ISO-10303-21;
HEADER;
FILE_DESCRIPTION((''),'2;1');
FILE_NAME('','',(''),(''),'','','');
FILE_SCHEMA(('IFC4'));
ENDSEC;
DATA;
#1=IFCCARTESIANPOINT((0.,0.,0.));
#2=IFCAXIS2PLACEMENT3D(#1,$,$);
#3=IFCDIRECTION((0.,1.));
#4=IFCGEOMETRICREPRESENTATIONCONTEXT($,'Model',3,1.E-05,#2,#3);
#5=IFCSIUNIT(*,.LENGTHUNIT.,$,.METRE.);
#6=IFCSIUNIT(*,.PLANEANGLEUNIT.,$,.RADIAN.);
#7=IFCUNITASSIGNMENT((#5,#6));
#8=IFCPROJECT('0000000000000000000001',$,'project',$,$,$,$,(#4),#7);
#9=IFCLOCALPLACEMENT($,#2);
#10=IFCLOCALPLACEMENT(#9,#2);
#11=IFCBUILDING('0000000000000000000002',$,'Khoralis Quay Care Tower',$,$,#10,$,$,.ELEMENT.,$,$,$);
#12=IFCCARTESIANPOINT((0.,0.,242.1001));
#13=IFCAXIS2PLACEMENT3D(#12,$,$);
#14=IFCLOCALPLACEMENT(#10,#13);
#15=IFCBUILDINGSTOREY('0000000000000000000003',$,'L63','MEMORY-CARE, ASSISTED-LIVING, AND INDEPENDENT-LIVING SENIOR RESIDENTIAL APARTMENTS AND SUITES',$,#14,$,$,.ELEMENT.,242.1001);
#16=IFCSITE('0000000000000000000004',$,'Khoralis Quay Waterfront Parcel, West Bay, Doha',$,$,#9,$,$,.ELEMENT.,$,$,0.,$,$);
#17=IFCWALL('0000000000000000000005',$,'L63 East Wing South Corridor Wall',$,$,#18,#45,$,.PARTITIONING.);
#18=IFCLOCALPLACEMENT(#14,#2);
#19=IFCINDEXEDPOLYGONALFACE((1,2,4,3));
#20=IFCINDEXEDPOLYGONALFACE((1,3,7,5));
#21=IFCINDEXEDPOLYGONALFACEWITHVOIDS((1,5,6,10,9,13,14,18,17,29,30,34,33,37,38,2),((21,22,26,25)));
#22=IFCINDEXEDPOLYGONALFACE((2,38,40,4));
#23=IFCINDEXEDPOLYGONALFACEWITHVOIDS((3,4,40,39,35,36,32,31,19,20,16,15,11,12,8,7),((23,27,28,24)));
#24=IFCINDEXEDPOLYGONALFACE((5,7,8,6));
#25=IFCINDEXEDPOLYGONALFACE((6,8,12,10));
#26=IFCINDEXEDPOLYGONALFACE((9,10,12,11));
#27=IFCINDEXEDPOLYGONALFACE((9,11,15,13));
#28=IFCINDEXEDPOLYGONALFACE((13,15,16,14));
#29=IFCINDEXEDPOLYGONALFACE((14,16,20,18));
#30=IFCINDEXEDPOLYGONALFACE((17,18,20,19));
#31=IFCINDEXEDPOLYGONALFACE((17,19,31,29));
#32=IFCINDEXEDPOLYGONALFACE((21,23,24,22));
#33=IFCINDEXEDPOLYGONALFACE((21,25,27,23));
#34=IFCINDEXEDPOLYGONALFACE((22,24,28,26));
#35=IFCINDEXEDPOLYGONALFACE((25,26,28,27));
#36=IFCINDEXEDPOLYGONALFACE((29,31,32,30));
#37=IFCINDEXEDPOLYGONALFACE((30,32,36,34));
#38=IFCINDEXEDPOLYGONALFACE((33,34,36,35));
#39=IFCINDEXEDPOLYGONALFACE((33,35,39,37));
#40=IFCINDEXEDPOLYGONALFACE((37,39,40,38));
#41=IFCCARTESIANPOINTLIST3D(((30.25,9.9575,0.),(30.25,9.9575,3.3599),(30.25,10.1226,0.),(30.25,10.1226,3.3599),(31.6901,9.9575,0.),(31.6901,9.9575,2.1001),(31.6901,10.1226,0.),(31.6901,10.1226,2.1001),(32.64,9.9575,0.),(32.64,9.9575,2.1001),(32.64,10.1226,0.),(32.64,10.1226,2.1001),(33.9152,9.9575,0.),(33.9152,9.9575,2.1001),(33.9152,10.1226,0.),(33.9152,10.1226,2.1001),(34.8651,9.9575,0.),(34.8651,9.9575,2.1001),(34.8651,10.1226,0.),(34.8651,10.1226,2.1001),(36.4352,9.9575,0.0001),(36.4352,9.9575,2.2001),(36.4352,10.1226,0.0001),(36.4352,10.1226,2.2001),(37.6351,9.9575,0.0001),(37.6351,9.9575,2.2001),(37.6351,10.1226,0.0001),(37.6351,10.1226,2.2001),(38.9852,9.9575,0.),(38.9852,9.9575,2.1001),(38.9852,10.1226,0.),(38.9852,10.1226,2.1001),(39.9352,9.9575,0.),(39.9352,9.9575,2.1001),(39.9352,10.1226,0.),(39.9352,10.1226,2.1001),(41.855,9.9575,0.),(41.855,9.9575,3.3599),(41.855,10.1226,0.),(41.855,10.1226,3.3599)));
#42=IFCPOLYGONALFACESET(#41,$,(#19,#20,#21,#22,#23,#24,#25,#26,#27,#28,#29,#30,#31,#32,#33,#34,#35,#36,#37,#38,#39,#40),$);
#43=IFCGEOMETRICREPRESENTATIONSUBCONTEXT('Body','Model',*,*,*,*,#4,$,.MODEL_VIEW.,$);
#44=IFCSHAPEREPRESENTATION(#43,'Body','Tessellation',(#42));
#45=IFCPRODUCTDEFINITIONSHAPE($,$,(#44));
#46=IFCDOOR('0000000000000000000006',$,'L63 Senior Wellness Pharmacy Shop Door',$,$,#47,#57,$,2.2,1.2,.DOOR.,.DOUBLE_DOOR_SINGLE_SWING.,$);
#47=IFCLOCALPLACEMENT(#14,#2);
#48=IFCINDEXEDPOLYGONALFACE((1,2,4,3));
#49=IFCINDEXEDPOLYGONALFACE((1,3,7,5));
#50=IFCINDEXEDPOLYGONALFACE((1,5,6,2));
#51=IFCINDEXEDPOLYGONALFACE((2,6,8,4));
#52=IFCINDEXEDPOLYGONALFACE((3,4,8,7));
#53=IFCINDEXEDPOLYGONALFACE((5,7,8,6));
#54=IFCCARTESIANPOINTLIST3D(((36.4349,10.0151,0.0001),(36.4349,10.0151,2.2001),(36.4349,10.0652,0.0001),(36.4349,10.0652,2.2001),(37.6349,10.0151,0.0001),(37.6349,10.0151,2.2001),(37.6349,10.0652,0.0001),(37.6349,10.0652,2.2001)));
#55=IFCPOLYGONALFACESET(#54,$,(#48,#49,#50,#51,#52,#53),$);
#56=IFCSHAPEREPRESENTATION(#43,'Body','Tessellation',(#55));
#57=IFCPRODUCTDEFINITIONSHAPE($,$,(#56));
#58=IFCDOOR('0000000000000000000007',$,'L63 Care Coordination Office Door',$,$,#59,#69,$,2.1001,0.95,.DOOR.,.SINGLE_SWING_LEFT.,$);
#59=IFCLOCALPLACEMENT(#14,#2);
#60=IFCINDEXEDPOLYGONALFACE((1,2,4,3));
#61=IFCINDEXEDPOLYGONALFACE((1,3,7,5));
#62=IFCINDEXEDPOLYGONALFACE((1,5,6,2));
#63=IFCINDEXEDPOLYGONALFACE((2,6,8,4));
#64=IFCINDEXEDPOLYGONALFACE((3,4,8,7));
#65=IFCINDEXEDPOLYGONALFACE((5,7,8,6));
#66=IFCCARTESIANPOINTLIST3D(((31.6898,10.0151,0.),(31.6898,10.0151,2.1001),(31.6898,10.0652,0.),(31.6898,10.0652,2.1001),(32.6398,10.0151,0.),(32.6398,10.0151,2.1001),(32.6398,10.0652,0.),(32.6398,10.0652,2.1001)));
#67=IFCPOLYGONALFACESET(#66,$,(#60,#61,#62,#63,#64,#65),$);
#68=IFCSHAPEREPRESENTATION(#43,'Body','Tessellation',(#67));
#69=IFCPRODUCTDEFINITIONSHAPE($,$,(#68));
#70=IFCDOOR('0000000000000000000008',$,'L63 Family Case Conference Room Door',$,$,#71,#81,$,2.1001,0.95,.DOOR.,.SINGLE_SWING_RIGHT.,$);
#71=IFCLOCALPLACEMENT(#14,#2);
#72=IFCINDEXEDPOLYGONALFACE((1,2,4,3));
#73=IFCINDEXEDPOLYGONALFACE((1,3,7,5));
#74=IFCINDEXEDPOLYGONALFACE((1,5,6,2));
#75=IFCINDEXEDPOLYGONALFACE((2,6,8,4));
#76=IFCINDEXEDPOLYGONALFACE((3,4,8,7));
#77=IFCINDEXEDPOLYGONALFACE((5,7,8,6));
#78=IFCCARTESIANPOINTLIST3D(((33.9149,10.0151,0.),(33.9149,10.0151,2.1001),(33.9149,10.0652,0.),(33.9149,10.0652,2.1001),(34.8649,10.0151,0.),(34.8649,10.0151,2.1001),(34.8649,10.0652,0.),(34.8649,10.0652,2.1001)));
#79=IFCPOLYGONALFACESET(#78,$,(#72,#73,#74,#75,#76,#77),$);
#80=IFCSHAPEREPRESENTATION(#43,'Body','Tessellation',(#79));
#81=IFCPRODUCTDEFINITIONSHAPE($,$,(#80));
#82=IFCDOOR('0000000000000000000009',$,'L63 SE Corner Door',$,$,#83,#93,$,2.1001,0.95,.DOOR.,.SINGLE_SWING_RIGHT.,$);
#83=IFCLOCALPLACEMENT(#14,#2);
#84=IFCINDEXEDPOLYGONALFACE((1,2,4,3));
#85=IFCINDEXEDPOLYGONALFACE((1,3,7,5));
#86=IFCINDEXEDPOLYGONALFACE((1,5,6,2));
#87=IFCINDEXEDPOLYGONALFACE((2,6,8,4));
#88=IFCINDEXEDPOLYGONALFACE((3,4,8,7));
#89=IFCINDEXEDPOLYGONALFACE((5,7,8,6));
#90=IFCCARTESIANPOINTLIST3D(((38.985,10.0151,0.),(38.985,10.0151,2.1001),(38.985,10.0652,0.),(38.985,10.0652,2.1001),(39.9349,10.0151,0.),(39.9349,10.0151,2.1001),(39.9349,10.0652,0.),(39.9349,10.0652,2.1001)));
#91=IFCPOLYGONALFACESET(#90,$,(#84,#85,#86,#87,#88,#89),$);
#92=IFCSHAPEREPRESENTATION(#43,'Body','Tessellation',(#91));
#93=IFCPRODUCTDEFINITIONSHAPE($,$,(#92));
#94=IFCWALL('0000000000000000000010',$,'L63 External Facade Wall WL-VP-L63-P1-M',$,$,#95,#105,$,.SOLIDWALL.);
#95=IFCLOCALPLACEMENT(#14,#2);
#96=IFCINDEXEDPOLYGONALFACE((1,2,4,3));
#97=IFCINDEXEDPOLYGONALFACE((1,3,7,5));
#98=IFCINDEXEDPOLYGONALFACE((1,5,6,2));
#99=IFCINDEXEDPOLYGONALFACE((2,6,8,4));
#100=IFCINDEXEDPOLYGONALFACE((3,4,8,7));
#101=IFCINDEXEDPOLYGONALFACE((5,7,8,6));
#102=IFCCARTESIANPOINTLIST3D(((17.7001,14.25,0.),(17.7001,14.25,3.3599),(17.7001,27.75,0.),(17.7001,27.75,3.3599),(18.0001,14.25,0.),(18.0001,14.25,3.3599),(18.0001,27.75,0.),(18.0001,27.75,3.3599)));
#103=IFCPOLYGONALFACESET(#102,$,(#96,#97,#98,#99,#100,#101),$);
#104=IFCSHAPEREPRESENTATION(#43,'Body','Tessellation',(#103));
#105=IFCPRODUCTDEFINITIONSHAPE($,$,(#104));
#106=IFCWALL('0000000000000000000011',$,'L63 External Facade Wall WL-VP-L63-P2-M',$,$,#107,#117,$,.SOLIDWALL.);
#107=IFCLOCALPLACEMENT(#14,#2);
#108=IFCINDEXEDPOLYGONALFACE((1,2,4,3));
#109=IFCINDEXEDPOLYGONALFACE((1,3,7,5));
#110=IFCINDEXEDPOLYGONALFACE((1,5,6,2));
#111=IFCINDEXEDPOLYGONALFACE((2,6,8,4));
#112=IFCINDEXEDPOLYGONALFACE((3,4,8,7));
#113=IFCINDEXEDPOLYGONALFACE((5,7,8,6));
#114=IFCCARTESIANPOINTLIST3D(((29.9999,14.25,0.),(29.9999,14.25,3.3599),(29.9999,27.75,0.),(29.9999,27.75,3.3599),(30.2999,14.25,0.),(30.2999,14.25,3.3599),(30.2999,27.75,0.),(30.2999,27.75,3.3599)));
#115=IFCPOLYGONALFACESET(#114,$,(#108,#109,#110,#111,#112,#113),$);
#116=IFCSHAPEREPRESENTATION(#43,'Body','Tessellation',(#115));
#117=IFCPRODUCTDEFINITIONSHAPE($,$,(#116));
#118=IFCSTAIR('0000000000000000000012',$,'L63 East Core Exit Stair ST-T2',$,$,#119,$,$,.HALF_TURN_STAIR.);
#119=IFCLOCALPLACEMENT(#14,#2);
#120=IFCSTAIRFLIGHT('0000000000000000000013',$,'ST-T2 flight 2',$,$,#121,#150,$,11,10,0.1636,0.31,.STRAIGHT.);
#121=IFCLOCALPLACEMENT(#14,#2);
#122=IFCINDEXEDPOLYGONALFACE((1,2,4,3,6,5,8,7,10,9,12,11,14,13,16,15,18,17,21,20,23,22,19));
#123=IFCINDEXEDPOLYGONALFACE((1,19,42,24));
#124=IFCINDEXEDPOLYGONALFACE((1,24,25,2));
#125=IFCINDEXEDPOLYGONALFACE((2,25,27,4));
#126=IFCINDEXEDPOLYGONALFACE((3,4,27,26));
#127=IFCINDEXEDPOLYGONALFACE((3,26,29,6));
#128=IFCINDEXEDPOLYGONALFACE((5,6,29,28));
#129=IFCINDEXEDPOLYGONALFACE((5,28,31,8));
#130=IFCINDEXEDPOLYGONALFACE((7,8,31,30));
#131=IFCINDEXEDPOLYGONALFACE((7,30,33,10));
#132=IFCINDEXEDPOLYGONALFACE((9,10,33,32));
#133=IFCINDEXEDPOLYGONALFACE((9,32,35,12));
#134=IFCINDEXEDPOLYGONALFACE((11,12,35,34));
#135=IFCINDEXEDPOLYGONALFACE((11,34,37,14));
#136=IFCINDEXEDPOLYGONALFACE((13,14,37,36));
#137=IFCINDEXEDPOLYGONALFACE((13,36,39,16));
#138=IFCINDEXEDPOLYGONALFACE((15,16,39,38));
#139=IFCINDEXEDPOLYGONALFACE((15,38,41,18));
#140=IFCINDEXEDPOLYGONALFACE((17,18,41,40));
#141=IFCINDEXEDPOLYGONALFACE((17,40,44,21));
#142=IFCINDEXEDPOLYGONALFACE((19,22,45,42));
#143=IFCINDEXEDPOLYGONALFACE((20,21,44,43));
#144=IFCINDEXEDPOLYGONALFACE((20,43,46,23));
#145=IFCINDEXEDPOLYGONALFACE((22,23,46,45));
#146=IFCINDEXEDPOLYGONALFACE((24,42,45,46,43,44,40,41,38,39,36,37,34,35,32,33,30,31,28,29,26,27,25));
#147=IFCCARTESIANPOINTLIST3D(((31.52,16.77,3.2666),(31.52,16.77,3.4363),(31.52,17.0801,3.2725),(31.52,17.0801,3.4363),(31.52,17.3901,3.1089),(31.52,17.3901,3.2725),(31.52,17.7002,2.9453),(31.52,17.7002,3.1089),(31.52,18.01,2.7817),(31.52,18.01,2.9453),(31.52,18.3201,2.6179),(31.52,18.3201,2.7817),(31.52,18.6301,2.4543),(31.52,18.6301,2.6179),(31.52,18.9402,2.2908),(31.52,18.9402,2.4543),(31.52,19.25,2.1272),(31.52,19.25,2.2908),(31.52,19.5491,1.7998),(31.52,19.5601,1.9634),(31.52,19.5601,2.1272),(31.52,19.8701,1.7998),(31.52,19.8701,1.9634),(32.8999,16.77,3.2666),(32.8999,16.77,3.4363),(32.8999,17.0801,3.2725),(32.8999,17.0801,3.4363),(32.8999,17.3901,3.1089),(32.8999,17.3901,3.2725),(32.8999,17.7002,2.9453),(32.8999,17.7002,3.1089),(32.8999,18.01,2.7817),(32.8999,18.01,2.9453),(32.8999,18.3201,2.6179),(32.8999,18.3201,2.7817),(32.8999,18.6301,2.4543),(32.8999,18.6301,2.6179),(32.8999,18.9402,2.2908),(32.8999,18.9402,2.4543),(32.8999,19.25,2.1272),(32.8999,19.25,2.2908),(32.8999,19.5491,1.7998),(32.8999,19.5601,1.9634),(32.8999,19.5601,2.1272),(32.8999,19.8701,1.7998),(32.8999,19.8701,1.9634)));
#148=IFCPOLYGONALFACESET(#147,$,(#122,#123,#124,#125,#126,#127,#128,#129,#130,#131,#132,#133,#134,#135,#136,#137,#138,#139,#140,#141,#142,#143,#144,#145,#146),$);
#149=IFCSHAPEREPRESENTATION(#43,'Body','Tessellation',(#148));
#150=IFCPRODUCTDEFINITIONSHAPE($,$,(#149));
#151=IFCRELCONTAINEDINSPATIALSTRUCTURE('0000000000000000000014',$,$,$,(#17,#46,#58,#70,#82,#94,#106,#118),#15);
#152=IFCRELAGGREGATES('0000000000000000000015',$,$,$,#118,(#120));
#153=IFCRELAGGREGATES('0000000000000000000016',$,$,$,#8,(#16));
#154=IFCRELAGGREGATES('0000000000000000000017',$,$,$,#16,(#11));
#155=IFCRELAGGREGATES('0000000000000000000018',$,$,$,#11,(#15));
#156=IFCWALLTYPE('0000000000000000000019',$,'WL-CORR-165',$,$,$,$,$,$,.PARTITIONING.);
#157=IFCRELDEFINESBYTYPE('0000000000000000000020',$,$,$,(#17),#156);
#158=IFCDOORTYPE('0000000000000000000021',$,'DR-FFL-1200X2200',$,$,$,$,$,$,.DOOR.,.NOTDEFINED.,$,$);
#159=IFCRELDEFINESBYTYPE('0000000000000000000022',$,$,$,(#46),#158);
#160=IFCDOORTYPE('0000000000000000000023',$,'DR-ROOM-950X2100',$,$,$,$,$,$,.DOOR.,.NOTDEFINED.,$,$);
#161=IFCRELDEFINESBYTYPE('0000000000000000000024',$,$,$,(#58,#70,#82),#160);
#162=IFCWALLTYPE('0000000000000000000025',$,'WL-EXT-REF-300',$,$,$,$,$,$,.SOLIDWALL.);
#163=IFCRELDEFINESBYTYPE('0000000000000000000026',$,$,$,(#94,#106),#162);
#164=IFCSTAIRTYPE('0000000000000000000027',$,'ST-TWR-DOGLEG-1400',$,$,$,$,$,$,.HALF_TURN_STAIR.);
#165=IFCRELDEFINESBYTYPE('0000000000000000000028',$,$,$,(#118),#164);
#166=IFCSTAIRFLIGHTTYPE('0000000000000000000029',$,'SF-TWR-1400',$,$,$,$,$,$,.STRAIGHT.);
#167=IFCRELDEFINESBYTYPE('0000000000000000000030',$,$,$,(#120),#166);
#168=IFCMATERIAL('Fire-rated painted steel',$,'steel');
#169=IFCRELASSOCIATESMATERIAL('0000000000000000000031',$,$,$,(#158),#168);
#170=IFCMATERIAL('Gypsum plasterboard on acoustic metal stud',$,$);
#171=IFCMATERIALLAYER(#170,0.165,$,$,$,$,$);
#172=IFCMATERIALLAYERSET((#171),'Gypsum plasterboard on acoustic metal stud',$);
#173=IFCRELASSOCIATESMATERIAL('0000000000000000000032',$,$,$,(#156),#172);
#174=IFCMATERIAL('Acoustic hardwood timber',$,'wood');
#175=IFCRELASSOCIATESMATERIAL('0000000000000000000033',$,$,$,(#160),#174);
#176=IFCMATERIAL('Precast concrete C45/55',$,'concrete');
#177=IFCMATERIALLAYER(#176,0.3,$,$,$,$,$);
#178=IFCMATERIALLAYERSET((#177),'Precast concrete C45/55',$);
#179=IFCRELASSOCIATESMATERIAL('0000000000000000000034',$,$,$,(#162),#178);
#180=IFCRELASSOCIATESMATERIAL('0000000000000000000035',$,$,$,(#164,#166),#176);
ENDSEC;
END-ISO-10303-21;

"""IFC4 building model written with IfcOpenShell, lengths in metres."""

from ifc_helpers import new_model, si_unit, direction, frame, frame_2d, origin, place, context, subcontext, project, spatial, polyline, rectangle, outline, extrude, source, transform, mapped, material, layer, layer_set, type_object, element, fill, aggregate, save


model = new_model("IFC4")

# Units and contexts
model_context = context("Model", 3, precision=1e-05, world=origin(), true_north=direction((0.0, 1.0)))
body_context = subcontext(model_context, "Body", "Model", "MODEL_VIEW")
ifc_project = project(units=[si_unit("LENGTHUNIT", "METRE"), si_unit("PLANEANGLEUNIT", "RADIAN")], contexts=[model_context])

# Site, building, storey
site_placement = place(None, origin())
site = spatial("IfcSite", under=ifc_project, at=site_placement, Name="Khoralis Quay Waterfront Parcel, West Bay, Doha", CompositionType="ELEMENT", RefElevation=0.0)
building_placement = place(site_placement, origin())
building = spatial("IfcBuilding", under=site, at=building_placement, Name="Khoralis Quay Care Tower", CompositionType="ELEMENT")
storey_placement = place(building_placement, frame((0.0, 0.0, 242.1001)))
storey = spatial("IfcBuildingStorey", under=building, at=storey_placement, Name="L63", Description="MEMORY-CARE, ASSISTED-LIVING, AND INDEPENDENT-LIVING SENIOR RESIDENTIAL APARTMENTS AND SUITES", CompositionType="ELEMENT", Elevation=242.1001)

# Shared definitions
ifc_material_1 = material(Name="Gypsum plasterboard on acoustic metal stud")
ifc_material_2 = material(Name="Fire-rated painted steel", Category="steel")
door_type_1 = type_object("IfcDoorType", Name="DR-FFL-1200X2200", OperationType="NOTDEFINED", PredefinedType="DOOR", material=ifc_material_2)
shared_shape_1 = source(origin(), body_context, "Body", "SweptSolid", [
    extrude(rectangle(XDim=1.2, YDim=2.2, at=frame_2d((0.6001, 1.1001))), frame((0.0, 0.0249, 0.0), z_axis=(0.0, -1.0, 0.0), x_axis=(1.0, 0.0, 0.0)), (0.0, 0.0, 1.0), 0.05),
])

# Wall, openings, doors
ifc_layer_1 = layer(ifc_material_1, 0.165)
ifc_layer_set_1 = layer_set([ifc_layer_1], Name="Gypsum plasterboard on acoustic metal stud")
wall_type_1 = type_object("IfcWallType", Name="WL-CORR-165", PredefinedType="PARTITIONING", material=ifc_layer_set_1)
wall_1_placement = place(storey_placement, frame((30.25, 10.04, 0.0), z_axis=(0.0, 0.0, 1.0), x_axis=(1.0, 0.0, 0.0)))
wall_1 = element("IfcWall", 1, at=wall_1_placement, inside=storey, type_object=wall_type_1, Name="L63 East Wing South Corridor Wall", PredefinedType="PARTITIONING", context=body_context, shape_type="SweptSolid", body=[
    extrude(rectangle(XDim=11.605, YDim=0.165, at=frame_2d((5.8025, 0.0))), origin(), (0.0, 0.0, 1.0), 3.3599),
])
opening_1_placement = place(wall_1_placement, frame((1.4399, 0.0, 0.0)))
opening_1 = element("IfcOpeningElement", 2, at=opening_1_placement, cuts=wall_1, PredefinedType="OPENING", context=body_context, shape_type="SweptSolid", body=[
    extrude(rectangle(XDim=0.95, YDim=2.1001, at=frame_2d((0.4751, 1.05))), frame((0.0, 0.0925, 0.0), z_axis=(0.0, -1.0, 0.0), x_axis=(1.0, 0.0, 0.0)), (0.0, 0.0, 1.0), 0.1851),
])
opening_2_placement = place(wall_1_placement, frame((3.665, 0.0, 0.0)))
opening_2 = element("IfcOpeningElement", 3, at=opening_2_placement, cuts=wall_1, PredefinedType="OPENING", context=body_context, shape_type="SweptSolid", body=[
    extrude(rectangle(XDim=0.95, YDim=2.1001, at=frame_2d((0.4751, 1.05))), frame((0.0, 0.0925, 0.0), z_axis=(0.0, -1.0, 0.0), x_axis=(1.0, 0.0, 0.0)), (0.0, 0.0, 1.0), 0.1851),
])
opening_3_placement = place(wall_1_placement, frame((6.1851, 0.0, 0.0)))
opening_3 = element("IfcOpeningElement", 4, at=opening_3_placement, cuts=wall_1, PredefinedType="OPENING", context=body_context, shape_type="SweptSolid", body=[
    extrude(rectangle(XDim=1.2, YDim=2.2, at=frame_2d((0.6001, 1.1001))), frame((0.0, 0.0925, 0.0), z_axis=(0.0, -1.0, 0.0), x_axis=(1.0, 0.0, 0.0)), (0.0, 0.0, 1.0), 0.1851),
])
opening_4_placement = place(wall_1_placement, frame((8.7351, 0.0, 0.0)))
opening_4 = element("IfcOpeningElement", 5, at=opening_4_placement, cuts=wall_1, PredefinedType="OPENING", context=body_context, shape_type="SweptSolid", body=[
    extrude(rectangle(XDim=0.95, YDim=2.1001, at=frame_2d((0.4751, 1.05))), frame((0.0, 0.0925, 0.0), z_axis=(0.0, -1.0, 0.0), x_axis=(1.0, 0.0, 0.0)), (0.0, 0.0, 1.0), 0.1851),
])
door_1_placement = place(opening_3_placement, frame((1.2, 0.0, 0.0), z_axis=(0.0, 0.0, 1.0), x_axis=(-1.0, 0.0, 0.0)))
door_1 = element("IfcDoor", 6, at=door_1_placement, inside=storey, type_object=door_type_1, Name="L63 Senior Wellness Pharmacy Shop Door", OperationType="DOUBLE_DOOR_SINGLE_SWING", OverallHeight=2.2, OverallWidth=1.2, PredefinedType="DOOR", context=body_context, shape_type="MappedRepresentation", body=[
    mapped(shared_shape_1, transform((0.0, 0.0, 0.0), scale=1.0)),
])
fill(opening_3, door_1)
ifc_material_3 = material(Name="Acoustic hardwood timber", Category="wood")
door_type_2 = type_object("IfcDoorType", Name="DR-ROOM-950X2100", OperationType="NOTDEFINED", PredefinedType="DOOR", material=ifc_material_3)
shared_shape_2 = source(origin(), body_context, "Body", "SweptSolid", [
    extrude(rectangle(XDim=0.95, YDim=2.1001, at=frame_2d((0.4751, 1.05))), frame((0.0, 0.0249, 0.0), z_axis=(0.0, -1.0, 0.0), x_axis=(1.0, 0.0, 0.0)), (0.0, 0.0, 1.0), 0.05),
])
door_2_placement = place(opening_1_placement, frame((0.95, 0.0, 0.0), z_axis=(0.0, 0.0, 1.0), x_axis=(-1.0, 0.0, 0.0)))
door_2 = element("IfcDoor", 7, at=door_2_placement, inside=storey, type_object=door_type_2, Name="L63 Care Coordination Office Door", OperationType="SINGLE_SWING_LEFT", OverallHeight=2.1001, OverallWidth=0.95, PredefinedType="DOOR", context=body_context, shape_type="MappedRepresentation", body=[
    mapped(shared_shape_2, transform((0.0, 0.0, 0.0), scale=1.0)),
])
fill(opening_1, door_2)
door_3_placement = place(opening_2_placement, frame((0.95, 0.0, 0.0), z_axis=(0.0, 0.0, 1.0), x_axis=(-1.0, 0.0, 0.0)))
door_3 = element("IfcDoor", 8, at=door_3_placement, inside=storey, type_object=door_type_2, Name="L63 Family Case Conference Room Door", OperationType="SINGLE_SWING_RIGHT", OverallHeight=2.1001, OverallWidth=0.95, PredefinedType="DOOR", context=body_context, shape_type="MappedRepresentation", body=[
    mapped(shared_shape_2, transform((0.0, 0.0, 0.0), scale=1.0)),
])
fill(opening_2, door_3)
door_4_placement = place(opening_4_placement, frame((0.95, 0.0, 0.0), z_axis=(0.0, 0.0, 1.0), x_axis=(-1.0, 0.0, 0.0)))
door_4 = element("IfcDoor", 9, at=door_4_placement, inside=storey, type_object=door_type_2, Name="L63 SE Corner Door", OperationType="SINGLE_SWING_RIGHT", OverallHeight=2.1001, OverallWidth=0.95, PredefinedType="DOOR", context=body_context, shape_type="MappedRepresentation", body=[
    mapped(shared_shape_2, transform((0.0, 0.0, 0.0), scale=1.0)),
])
fill(opening_4, door_4)

# Walls
ifc_material_4 = material(Name="Precast concrete C45/55", Category="concrete")
ifc_layer_2 = layer(ifc_material_4, 0.3)
ifc_layer_set_2 = layer_set([ifc_layer_2], Name="Precast concrete C45/55")
wall_type_2 = type_object("IfcWallType", Name="WL-EXT-REF-300", PredefinedType="SOLIDWALL", material=ifc_layer_set_2)
for number, where, z_axis, x_axis, name in (
    (10, (17.8501, 14.25, 0.0), (0.0, 0.0, 1.0), (0.0, 1.0, 0.0), "L63 External Facade Wall WL-VP-L63-P1-M"),
    (11, (30.1499, 14.25, 0.0), (0.0, 0.0, 1.0), (0.0, 1.0, 0.0), "L63 External Facade Wall WL-VP-L63-P2-M"),
):
    element("IfcWall", number, at=place(storey_placement, frame(where, z_axis=z_axis, x_axis=x_axis)), inside=storey, type_object=wall_type_2, Name=name, PredefinedType="SOLIDWALL", context=body_context, shape_type="SweptSolid", body=[
        extrude(rectangle(XDim=13.5, YDim=0.3, at=frame_2d((6.75, 0.0))), origin(), (0.0, 0.0, 1.0), 3.3599),
    ])

# Stair, stair flight
stair_type = type_object("IfcStairType", Name="ST-TWR-DOGLEG-1400", PredefinedType="HALF_TURN_STAIR", material=ifc_material_4)
stair_placement = place(storey_placement, origin())
stair = element("IfcStair", 12, at=stair_placement, inside=storey, type_object=stair_type, Name="L63 East Core Exit Stair ST-T2", PredefinedType="HALF_TURN_STAIR")
stair_flight_type = type_object("IfcStairFlightType", Name="SF-TWR-1400", PredefinedType="STRAIGHT", material=ifc_material_4)
shared_shape_3 = source(origin(), body_context, "Body", "SweptSolid", [
    extrude(outline(polyline([(0.0, 0.0), (0.0, 0.1636), (0.3101, 0.1636), (0.3101, 0.3274), (0.6201, 0.3274), (0.6201, 0.491), (0.9299, 0.491), (0.9299, 0.6545), (1.24, 0.6545), (1.24, 0.8181), (1.55, 0.8181), (1.55, 0.9819), (1.8601, 0.9819), (1.8601, 1.1455), (2.1699, 1.1455), (2.1699, 1.3091), (2.48, 1.3091), (2.48, 1.4727), (2.79, 1.4727), (2.79, 1.6365), (3.1001, 1.6365), (3.1001, 1.8), (3.1001, 1.4668), (0.321, 0.0), (0.0, 0.0)])), frame((0.0, 0.6899, 0.0), z_axis=(0.0, -1.0, 0.0), x_axis=(1.0, 0.0, 0.0)), (0.0, 0.0, 1.0), 1.3799),
])
stair_flight_placement = place(storey_placement, frame((32.21, 19.8701, 1.7998), z_axis=(0.0, 0.0, 1.0), x_axis=(0.0, -1.0, 0.0)))
stair_flight = element("IfcStairFlight", 13, at=stair_flight_placement, type_object=stair_flight_type, Name="ST-T2 flight 2", NumberOfRisers=11, NumberOfTreads=10, PredefinedType="STRAIGHT", RiserHeight=0.1636, TreadLength=0.31, context=body_context, shape_type="MappedRepresentation", body=[
    mapped(shared_shape_3, transform((0.0, 0.0, 0.0), scale=1.0)),
])
aggregate(stair, [stair_flight])

save(model, "model.ifc")
